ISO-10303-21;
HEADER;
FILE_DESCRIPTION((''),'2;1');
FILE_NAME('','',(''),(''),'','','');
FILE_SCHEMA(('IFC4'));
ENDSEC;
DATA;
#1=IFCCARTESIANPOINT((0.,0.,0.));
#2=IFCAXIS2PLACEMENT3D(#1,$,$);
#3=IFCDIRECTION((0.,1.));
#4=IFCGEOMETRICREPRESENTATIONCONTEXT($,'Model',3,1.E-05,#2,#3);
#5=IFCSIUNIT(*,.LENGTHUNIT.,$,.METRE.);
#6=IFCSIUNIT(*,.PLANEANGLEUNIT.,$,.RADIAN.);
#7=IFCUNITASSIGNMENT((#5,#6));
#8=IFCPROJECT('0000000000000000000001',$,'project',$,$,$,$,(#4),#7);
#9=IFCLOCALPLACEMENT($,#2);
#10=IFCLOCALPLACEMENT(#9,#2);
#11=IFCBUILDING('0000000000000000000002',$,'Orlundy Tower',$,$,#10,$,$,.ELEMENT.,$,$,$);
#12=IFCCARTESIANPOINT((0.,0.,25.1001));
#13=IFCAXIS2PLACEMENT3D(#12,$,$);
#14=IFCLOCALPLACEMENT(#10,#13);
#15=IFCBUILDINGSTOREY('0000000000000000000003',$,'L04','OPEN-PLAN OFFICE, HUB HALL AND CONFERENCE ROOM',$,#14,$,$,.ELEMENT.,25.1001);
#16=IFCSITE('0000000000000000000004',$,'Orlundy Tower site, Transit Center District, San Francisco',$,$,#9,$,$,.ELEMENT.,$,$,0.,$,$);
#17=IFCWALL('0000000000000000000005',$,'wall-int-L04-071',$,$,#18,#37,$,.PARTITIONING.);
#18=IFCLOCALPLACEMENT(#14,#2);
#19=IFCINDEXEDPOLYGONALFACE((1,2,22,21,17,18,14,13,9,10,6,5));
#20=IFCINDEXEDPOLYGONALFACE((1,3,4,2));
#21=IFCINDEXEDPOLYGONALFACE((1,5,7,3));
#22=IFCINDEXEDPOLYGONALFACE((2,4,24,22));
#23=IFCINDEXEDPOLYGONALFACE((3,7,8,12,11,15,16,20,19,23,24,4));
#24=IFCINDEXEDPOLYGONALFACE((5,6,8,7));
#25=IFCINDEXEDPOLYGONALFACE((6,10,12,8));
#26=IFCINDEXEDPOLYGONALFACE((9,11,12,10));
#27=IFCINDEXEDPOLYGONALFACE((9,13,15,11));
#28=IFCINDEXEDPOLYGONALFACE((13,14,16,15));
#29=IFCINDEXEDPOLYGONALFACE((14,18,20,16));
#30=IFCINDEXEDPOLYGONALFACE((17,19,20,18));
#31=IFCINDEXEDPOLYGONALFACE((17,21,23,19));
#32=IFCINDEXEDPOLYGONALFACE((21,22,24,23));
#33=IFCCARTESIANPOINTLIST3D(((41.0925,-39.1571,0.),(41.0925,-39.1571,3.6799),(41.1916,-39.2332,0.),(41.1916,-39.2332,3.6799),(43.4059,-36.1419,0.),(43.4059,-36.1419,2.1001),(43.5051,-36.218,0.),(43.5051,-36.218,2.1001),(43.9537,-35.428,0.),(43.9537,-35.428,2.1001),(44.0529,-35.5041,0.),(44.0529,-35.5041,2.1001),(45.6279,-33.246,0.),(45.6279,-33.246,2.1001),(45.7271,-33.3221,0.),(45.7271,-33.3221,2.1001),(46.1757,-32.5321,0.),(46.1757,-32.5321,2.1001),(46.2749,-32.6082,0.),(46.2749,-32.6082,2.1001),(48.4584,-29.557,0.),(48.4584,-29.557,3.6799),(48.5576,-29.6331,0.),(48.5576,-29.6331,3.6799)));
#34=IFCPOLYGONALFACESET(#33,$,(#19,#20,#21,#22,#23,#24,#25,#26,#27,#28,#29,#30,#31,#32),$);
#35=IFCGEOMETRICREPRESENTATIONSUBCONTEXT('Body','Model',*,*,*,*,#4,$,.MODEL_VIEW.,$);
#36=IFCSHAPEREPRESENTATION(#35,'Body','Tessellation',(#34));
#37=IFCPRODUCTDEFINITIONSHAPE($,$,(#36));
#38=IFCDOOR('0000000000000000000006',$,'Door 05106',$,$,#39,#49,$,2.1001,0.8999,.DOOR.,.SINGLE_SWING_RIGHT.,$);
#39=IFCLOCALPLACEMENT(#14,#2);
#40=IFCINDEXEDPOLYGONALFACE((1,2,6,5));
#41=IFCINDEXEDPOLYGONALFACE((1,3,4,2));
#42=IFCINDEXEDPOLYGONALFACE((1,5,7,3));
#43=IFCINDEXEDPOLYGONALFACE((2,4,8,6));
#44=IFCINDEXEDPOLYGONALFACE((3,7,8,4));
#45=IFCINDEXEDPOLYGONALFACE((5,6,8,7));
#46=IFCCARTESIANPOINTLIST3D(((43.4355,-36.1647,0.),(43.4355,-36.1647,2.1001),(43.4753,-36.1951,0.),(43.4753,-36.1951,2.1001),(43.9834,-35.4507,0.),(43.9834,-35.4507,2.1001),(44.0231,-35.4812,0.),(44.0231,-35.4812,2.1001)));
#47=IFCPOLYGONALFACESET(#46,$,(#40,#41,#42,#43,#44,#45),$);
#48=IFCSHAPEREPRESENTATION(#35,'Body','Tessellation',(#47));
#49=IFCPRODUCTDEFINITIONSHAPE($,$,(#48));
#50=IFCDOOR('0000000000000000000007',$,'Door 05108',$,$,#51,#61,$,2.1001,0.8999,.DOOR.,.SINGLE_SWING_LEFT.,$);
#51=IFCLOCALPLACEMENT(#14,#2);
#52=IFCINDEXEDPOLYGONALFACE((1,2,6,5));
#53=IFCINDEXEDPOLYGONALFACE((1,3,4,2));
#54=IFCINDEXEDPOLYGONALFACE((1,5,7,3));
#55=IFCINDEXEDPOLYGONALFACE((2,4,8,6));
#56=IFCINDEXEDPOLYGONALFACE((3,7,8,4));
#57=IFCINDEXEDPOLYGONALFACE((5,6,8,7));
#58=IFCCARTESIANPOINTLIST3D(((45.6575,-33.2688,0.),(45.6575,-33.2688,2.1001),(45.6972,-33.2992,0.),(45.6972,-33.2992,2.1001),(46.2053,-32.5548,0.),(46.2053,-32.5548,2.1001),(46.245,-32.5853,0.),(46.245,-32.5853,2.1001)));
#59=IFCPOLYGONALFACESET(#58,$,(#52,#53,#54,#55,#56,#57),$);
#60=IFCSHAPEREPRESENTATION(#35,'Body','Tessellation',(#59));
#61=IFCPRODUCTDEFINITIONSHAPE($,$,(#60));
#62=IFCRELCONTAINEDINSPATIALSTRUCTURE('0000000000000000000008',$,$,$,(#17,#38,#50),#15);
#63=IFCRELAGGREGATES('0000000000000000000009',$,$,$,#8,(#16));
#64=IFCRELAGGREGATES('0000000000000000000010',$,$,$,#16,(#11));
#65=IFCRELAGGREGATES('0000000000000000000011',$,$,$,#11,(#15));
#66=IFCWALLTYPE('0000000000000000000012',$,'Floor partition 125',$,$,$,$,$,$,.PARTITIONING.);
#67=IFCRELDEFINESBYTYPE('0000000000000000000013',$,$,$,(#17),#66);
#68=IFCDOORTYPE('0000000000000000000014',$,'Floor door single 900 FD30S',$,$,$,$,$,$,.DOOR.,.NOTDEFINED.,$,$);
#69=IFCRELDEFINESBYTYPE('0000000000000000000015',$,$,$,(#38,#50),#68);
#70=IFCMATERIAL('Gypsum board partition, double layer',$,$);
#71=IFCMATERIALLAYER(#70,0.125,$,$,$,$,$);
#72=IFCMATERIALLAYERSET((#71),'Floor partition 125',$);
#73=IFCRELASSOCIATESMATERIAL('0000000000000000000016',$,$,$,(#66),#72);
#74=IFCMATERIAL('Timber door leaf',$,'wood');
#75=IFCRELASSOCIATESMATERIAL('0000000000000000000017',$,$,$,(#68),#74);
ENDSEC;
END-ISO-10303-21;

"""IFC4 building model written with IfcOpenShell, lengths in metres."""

from ifc_helpers import new_model, si_unit, direction, frame, frame_2d, origin, place, context, subcontext, project, spatial, rectangle, extrude, material, layer, layer_set, type_object, element, fill, save


model = new_model("IFC4")

# Units and contexts
model_context = context("Model", 3, precision=1e-05, world=origin(), true_north=direction((0.0, 1.0)))
body_context = subcontext(model_context, "Body", "Model", "MODEL_VIEW")
ifc_project = project(units=[si_unit("LENGTHUNIT", "METRE"), si_unit("PLANEANGLEUNIT", "RADIAN")], contexts=[model_context])

# Site, building, storey
site_placement = place(None, origin())
site = spatial("IfcSite", under=ifc_project, at=site_placement, Name="Orlundy Tower site, Transit Center District, San Francisco", CompositionType="ELEMENT", RefElevation=0.0)
building_placement = place(site_placement, origin())
building = spatial("IfcBuilding", under=site, at=building_placement, Name="Orlundy Tower", CompositionType="ELEMENT")
storey_placement = place(building_placement, frame((0.0, 0.0, 25.1001)))
storey = spatial("IfcBuildingStorey", under=building, at=storey_placement, Name="L04", Description="OPEN-PLAN OFFICE, HUB HALL AND CONFERENCE ROOM", CompositionType="ELEMENT", Elevation=25.1001)

# Shared definitions
ifc_material_1 = material(Name="Gypsum board partition, double layer")
ifc_layer_1 = layer(ifc_material_1, 0.125)
ifc_layer_set_1 = layer_set([ifc_layer_1], Name="Floor partition 125")
wall_type_1 = type_object("IfcWallType", Name="Floor partition 125", PredefinedType="PARTITIONING", material=ifc_layer_set_1)

# Shared definitions
ifc_material_2 = material(Name="Timber door leaf", Category="wood")
door_type = type_object("IfcDoorType", Name="Floor door single 900 FD30S", OperationType="NOTDEFINED", PredefinedType="DOOR", material=ifc_material_2)

# Wall, openings, doors
wall_1_placement = place(storey_placement, frame((48.5081, -29.595, 0.0), z_axis=(0.0, 0.0, 1.0), x_axis=(-0.608738, -0.793371, 0.0)))
wall_1 = element("IfcWall", 1, at=wall_1_placement, inside=storey, type_object=wall_type_1, Name="wall-int-L04-071", PredefinedType="PARTITIONING", context=body_context, shape_type="SweptSolid", body=[
    extrude(rectangle(XDim=12.1003, YDim=0.125, at=frame_2d((6.0503, 0.0))), origin(), (0.0, 0.0, 1.0), 3.6799),
])
opening_1_placement = place(wall_1_placement, frame((7.4001, 0.0, 0.0)))
opening_1 = element("IfcOpeningElement", 2, at=opening_1_placement, cuts=wall_1, PredefinedType="OPENING", context=body_context, shape_type="SweptSolid", body=[
    extrude(rectangle(XDim=0.8999, YDim=2.1001, at=frame_2d((0.45, 1.05))), frame((0.0, 0.0725, 0.0), z_axis=(0.0, -1.0, 0.0), x_axis=(1.0, 0.0, 0.0)), (0.0, 0.0, 1.0), 0.145),
])
opening_2_placement = place(wall_1_placement, frame((3.75, 0.0, 0.0)))
opening_2 = element("IfcOpeningElement", 3, at=opening_2_placement, cuts=wall_1, PredefinedType="OPENING", context=body_context, shape_type="SweptSolid", body=[
    extrude(rectangle(XDim=0.8999, YDim=2.1001, at=frame_2d((0.45, 1.05))), frame((0.0, 0.0725, 0.0), z_axis=(0.0, -1.0, 0.0), x_axis=(1.0, 0.0, 0.0)), (0.0, 0.0, 1.0), 0.145),
])
door_1_placement = place(opening_1_placement, origin())
door_1 = element("IfcDoor", 4, at=door_1_placement, inside=storey, type_object=door_type, Name="Door 05106", OperationType="SINGLE_SWING_RIGHT", OverallHeight=2.1001, OverallWidth=0.8999, PredefinedType="DOOR", context=body_context, shape_type="SweptSolid", body=[
    extrude(rectangle(XDim=0.8999, YDim=2.1001, at=frame_2d((0.45, 1.05))), frame((0.0, 0.0249, 0.0), z_axis=(0.0, -1.0, 0.0), x_axis=(1.0, 0.0, 0.0)), (0.0, 0.0, 1.0), 0.05),
])
fill(opening_1, door_1)
door_2_placement = place(opening_2_placement, origin())
door_2 = element("IfcDoor", 5, at=door_2_placement, inside=storey, type_object=door_type, Name="Door 05108", OperationType="SINGLE_SWING_LEFT", OverallHeight=2.1001, OverallWidth=0.8999, PredefinedType="DOOR", context=body_context, shape_type="SweptSolid", body=[
    extrude(rectangle(XDim=0.8999, YDim=2.1001, at=frame_2d((0.45, 1.05))), frame((0.0, 0.0249, 0.0), z_axis=(0.0, -1.0, 0.0), x_axis=(1.0, 0.0, 0.0)), (0.0, 0.0, 1.0), 0.05),
])
fill(opening_2, door_2)

save(model, "model.ifc")
